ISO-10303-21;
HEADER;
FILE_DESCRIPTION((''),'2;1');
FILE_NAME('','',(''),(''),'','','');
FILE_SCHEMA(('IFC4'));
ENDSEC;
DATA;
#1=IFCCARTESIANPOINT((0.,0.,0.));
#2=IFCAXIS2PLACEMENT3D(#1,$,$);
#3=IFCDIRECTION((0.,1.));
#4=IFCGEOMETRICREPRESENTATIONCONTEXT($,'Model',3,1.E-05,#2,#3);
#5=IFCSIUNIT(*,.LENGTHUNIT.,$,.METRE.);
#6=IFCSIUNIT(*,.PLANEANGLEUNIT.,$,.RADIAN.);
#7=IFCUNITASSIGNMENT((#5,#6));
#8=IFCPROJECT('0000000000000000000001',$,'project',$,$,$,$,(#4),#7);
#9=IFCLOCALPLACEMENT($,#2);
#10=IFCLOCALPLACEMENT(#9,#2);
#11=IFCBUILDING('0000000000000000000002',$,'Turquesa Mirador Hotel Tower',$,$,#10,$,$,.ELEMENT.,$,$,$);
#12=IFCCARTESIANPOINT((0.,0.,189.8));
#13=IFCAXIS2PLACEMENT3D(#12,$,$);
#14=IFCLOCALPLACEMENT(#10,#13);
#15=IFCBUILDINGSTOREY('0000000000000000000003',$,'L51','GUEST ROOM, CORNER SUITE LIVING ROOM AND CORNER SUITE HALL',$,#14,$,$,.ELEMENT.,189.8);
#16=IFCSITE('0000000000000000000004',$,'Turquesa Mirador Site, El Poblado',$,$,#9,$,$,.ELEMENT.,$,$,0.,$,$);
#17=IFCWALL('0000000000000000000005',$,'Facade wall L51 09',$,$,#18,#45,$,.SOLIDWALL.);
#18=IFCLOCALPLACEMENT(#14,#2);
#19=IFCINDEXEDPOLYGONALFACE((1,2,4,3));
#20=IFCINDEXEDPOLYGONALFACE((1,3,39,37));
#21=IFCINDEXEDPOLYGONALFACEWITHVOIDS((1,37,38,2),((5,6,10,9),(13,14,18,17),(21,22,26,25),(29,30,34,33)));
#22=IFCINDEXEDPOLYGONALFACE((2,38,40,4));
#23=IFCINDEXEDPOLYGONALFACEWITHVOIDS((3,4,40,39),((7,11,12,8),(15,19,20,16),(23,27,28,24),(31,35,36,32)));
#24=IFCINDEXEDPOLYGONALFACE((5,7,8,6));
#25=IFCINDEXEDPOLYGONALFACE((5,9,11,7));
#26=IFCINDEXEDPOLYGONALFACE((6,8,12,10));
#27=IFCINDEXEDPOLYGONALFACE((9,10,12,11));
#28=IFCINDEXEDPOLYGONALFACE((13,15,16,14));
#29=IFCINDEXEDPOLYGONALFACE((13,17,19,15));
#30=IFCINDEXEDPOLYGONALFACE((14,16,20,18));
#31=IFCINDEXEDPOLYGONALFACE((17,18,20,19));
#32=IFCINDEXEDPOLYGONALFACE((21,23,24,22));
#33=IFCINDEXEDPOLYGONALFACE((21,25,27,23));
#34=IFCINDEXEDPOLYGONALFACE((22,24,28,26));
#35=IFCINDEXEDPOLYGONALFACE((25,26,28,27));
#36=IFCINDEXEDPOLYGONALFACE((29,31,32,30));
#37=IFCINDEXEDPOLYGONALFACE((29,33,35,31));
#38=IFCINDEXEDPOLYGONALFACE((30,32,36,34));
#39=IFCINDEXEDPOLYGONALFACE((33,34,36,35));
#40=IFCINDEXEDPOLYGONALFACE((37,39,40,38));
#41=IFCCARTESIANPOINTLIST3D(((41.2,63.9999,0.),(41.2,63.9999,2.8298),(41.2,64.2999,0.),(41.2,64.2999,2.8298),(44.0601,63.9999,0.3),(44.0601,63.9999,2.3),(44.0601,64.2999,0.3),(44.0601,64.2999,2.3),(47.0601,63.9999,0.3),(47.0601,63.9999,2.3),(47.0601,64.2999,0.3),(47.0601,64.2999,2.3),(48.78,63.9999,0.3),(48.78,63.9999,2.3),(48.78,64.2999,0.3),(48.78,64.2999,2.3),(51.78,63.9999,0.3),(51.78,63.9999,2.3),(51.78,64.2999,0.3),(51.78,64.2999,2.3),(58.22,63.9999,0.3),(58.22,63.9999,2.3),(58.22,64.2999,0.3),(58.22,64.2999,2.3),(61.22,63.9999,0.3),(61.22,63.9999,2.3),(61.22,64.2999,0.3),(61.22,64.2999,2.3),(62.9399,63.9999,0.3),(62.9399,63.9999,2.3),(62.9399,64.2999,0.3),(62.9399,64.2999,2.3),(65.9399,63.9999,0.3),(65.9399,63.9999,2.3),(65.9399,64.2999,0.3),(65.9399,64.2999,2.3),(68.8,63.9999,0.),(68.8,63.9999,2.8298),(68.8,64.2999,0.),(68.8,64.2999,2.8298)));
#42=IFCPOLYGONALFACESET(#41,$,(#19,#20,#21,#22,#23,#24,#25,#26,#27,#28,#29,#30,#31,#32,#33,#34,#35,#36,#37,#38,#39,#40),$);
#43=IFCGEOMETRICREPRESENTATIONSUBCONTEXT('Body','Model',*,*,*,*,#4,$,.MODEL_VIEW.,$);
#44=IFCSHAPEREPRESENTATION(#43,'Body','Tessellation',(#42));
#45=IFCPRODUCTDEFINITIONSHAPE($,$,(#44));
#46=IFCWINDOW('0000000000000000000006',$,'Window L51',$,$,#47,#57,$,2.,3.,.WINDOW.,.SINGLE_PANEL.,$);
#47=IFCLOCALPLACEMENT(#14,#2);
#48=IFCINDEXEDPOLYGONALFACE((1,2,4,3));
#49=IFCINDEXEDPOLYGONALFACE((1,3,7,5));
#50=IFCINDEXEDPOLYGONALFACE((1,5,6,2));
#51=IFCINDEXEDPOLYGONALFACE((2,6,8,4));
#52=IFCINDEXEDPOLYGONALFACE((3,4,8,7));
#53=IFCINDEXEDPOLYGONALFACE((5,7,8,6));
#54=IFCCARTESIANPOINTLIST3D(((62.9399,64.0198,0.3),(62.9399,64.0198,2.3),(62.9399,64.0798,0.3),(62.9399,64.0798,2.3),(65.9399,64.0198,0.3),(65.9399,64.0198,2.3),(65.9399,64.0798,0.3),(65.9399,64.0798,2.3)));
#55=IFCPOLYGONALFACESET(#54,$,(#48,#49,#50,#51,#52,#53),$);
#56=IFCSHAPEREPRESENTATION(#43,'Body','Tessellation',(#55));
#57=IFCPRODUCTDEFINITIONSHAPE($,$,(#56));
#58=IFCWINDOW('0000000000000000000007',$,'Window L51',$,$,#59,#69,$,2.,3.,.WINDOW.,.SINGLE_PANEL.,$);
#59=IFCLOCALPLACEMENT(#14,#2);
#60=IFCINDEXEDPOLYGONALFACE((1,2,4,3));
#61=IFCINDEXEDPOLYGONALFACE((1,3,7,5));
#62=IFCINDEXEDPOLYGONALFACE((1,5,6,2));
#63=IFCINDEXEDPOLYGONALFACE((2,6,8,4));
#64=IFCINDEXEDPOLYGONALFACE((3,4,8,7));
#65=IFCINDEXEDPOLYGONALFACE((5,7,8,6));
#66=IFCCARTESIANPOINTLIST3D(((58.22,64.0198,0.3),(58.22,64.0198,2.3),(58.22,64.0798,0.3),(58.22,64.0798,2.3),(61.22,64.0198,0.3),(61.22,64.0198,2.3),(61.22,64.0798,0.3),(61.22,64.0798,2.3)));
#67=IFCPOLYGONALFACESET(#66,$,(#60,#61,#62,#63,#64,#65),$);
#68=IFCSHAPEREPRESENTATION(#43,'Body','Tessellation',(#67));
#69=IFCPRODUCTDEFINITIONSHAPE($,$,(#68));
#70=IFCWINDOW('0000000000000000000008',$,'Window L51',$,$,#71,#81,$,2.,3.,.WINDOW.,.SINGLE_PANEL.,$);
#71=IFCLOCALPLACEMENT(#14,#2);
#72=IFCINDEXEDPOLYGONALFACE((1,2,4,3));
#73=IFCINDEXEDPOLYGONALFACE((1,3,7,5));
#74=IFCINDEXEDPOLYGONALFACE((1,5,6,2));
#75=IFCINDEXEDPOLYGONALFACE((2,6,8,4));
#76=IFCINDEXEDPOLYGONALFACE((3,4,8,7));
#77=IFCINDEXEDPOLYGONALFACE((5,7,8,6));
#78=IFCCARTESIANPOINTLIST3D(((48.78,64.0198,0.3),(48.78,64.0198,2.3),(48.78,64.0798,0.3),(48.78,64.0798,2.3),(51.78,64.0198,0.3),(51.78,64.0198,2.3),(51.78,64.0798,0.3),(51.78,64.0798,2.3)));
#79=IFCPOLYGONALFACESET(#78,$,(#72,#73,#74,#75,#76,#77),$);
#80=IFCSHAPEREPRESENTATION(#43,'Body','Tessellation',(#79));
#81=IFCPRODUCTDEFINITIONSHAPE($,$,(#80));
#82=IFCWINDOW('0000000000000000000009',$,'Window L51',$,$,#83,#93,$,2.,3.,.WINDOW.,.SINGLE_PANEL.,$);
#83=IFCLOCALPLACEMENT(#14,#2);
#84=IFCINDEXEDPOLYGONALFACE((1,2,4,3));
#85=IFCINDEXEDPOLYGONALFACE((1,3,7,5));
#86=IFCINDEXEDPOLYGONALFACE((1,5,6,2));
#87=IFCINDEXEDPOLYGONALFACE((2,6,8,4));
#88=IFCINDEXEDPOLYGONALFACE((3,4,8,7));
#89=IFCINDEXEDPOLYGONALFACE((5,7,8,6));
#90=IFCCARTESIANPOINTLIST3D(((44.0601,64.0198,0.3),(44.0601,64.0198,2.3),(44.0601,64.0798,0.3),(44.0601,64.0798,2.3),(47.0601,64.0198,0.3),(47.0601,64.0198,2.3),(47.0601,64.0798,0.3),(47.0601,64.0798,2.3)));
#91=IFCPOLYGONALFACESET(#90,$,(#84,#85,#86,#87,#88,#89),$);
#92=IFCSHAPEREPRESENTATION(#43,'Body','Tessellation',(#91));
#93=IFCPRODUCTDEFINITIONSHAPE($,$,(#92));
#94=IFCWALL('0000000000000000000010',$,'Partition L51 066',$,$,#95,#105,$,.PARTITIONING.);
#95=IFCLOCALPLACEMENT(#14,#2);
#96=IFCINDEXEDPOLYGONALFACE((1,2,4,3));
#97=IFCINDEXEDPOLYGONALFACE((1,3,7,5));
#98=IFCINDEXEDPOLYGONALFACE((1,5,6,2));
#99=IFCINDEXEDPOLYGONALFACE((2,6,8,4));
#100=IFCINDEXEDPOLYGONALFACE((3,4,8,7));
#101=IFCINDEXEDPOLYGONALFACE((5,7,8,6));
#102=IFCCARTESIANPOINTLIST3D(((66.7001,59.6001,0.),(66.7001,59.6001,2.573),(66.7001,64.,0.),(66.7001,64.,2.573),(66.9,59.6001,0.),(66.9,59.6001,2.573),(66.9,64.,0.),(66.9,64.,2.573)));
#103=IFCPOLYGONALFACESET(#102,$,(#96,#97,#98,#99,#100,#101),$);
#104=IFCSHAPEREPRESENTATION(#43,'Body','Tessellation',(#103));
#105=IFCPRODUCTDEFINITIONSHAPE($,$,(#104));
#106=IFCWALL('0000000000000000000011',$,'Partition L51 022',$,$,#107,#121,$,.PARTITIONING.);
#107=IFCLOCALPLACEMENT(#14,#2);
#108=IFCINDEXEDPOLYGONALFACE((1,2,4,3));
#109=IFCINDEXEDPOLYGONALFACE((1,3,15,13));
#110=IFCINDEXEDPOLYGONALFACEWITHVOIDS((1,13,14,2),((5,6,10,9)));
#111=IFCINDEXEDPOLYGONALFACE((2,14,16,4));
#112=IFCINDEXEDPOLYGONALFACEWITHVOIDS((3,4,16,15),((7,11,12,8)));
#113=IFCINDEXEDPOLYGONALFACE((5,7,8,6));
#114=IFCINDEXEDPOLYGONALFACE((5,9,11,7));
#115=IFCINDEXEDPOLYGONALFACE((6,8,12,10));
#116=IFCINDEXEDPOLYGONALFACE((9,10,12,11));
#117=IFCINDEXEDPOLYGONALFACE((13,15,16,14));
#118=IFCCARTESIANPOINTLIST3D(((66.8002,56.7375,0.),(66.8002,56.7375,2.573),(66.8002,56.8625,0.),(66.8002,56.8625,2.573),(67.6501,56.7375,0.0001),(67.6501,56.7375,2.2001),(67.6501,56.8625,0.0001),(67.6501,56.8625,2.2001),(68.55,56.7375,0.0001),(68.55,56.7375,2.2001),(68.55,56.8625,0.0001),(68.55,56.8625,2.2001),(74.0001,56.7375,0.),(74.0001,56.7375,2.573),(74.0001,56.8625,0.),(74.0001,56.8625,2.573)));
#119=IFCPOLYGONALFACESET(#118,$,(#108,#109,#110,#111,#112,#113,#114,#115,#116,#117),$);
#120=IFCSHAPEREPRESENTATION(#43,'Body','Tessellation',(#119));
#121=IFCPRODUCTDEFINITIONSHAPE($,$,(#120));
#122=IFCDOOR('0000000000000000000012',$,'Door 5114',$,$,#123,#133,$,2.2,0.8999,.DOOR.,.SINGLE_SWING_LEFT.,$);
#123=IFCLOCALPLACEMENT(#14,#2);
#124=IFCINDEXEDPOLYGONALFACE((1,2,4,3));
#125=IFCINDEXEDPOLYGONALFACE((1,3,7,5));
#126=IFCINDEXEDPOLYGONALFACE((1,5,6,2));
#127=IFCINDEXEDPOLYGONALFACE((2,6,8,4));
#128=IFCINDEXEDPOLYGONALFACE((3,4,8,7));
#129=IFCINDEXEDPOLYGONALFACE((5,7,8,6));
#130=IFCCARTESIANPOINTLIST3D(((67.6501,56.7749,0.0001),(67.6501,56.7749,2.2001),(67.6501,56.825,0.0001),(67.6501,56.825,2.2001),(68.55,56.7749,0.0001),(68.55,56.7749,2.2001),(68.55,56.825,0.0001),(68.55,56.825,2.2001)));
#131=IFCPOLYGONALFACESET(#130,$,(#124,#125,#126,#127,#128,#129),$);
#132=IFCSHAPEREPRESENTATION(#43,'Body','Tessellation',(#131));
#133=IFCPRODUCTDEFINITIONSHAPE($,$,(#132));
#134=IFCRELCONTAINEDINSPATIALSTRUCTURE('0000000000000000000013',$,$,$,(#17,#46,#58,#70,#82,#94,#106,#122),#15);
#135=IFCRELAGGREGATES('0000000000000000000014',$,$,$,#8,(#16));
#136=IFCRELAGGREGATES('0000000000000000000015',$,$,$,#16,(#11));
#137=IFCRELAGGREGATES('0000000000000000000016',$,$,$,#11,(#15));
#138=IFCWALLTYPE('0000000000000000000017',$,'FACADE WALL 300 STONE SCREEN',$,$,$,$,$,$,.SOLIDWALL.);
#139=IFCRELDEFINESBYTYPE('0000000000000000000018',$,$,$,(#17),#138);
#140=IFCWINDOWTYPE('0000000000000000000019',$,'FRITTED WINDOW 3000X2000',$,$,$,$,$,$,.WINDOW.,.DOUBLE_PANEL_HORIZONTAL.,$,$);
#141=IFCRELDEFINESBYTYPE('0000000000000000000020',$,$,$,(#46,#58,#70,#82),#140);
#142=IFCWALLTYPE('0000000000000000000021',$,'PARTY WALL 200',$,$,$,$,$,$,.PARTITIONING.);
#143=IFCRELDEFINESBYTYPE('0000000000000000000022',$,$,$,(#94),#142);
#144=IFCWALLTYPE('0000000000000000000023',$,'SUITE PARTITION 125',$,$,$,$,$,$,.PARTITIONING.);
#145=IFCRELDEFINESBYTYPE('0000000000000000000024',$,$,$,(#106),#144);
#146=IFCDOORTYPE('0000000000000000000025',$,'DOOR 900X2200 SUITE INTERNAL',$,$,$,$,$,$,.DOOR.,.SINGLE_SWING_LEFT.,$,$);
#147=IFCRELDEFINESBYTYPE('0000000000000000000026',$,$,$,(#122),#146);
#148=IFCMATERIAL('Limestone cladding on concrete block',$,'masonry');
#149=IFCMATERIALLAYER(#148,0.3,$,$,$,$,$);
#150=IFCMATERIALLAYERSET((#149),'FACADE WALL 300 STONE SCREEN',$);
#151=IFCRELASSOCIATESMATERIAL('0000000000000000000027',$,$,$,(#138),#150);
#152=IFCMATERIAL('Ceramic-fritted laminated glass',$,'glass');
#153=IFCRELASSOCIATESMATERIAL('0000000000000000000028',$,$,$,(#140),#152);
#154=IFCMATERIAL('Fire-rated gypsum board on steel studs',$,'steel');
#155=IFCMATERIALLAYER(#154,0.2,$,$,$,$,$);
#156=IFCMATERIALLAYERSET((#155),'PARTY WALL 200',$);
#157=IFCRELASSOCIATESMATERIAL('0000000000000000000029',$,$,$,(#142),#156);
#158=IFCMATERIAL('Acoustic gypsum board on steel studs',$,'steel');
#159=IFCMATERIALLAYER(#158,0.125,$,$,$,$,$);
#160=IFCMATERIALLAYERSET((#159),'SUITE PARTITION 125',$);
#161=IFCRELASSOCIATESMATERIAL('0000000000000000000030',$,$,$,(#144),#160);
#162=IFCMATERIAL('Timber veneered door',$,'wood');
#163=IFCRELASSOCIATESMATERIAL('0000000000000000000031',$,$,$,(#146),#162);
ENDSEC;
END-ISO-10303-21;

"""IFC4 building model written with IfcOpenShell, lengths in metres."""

from ifc_helpers import new_model, si_unit, direction, frame, frame_2d, origin, place, context, subcontext, project, spatial, rectangle, extrude, material, layer, layer_set, type_object, element, fill, save


model = new_model("IFC4")

# Units and contexts
model_context = context("Model", 3, precision=1e-05, world=origin(), true_north=direction((0.0, 1.0)))
body_context = subcontext(model_context, "Body", "Model", "MODEL_VIEW")
ifc_project = project(units=[si_unit("LENGTHUNIT", "METRE"), si_unit("PLANEANGLEUNIT", "RADIAN")], contexts=[model_context])

# Site, building, storey
site_placement = place(None, origin())
site = spatial("IfcSite", under=ifc_project, at=site_placement, Name="Turquesa Mirador Site, El Poblado", CompositionType="ELEMENT", RefElevation=0.0)
building_placement = place(site_placement, origin())
building = spatial("IfcBuilding", under=site, at=building_placement, Name="Turquesa Mirador Hotel Tower", CompositionType="ELEMENT")
storey_placement = place(building_placement, frame((0.0, 0.0, 189.8)))
storey = spatial("IfcBuildingStorey", under=building, at=storey_placement, Name="L51", Description="GUEST ROOM, CORNER SUITE LIVING ROOM AND CORNER SUITE HALL", CompositionType="ELEMENT", Elevation=189.8)

# Shared definitions
ifc_material_1 = material(Name="Limestone cladding on concrete block", Category="masonry")
ifc_layer_1 = layer(ifc_material_1, 0.3)
ifc_layer_set_1 = layer_set([ifc_layer_1], Name="FACADE WALL 300 STONE SCREEN")
wall_type_1 = type_object("IfcWallType", Name="FACADE WALL 300 STONE SCREEN", PredefinedType="SOLIDWALL", material=ifc_layer_set_1)

# Wall, openings, windows
wall_1_placement = place(storey_placement, frame((68.8, 64.1499, 0.0), z_axis=(0.0, 0.0, 1.0), x_axis=(-1.0, 0.0, 0.0)))
wall_1 = element("IfcWall", 1, at=wall_1_placement, inside=storey, type_object=wall_type_1, Name="Facade wall L51 09", PredefinedType="SOLIDWALL", context=body_context, shape_type="SweptSolid", body=[
    extrude(rectangle(XDim=27.6001, YDim=0.3, at=frame_2d((13.8, 0.0))), origin(), (0.0, 0.0, 1.0), 2.8298),
])
opening_1_placement = place(wall_1_placement, frame((2.8601, 0.0, 0.3)))
opening_1 = element("IfcOpeningElement", 2, at=opening_1_placement, cuts=wall_1, PredefinedType="OPENING", context=body_context, shape_type="SweptSolid", body=[
    extrude(rectangle(XDim=3.0, YDim=2.0, at=frame_2d((1.5, 1.0))), frame((0.0, 0.1599, 0.0), z_axis=(0.0, -1.0, 0.0), x_axis=(1.0, 0.0, 0.0)), (0.0, 0.0, 1.0), 0.3201),
])
opening_2_placement = place(wall_1_placement, frame((7.5801, 0.0, 0.3)))
opening_2 = element("IfcOpeningElement", 3, at=opening_2_placement, cuts=wall_1, PredefinedType="OPENING", context=body_context, shape_type="SweptSolid", body=[
    extrude(rectangle(XDim=3.0, YDim=2.0, at=frame_2d((1.5, 1.0))), frame((0.0, 0.1599, 0.0), z_axis=(0.0, -1.0, 0.0), x_axis=(1.0, 0.0, 0.0)), (0.0, 0.0, 1.0), 0.3201),
])
opening_3_placement = place(wall_1_placement, frame((17.02, 0.0, 0.3)))
opening_3 = element("IfcOpeningElement", 4, at=opening_3_placement, cuts=wall_1, PredefinedType="OPENING", context=body_context, shape_type="SweptSolid", body=[
    extrude(rectangle(XDim=3.0, YDim=2.0, at=frame_2d((1.5, 1.0))), frame((0.0, 0.1599, 0.0), z_axis=(0.0, -1.0, 0.0), x_axis=(1.0, 0.0, 0.0)), (0.0, 0.0, 1.0), 0.3201),
])
opening_4_placement = place(wall_1_placement, frame((21.74, 0.0, 0.3)))
opening_4 = element("IfcOpeningElement", 5, at=opening_4_placement, cuts=wall_1, PredefinedType="OPENING", context=body_context, shape_type="SweptSolid", body=[
    extrude(rectangle(XDim=3.0, YDim=2.0, at=frame_2d((1.5, 1.0))), frame((0.0, 0.1599, 0.0), z_axis=(0.0, -1.0, 0.0), x_axis=(1.0, 0.0, 0.0)), (0.0, 0.0, 1.0), 0.3201),
])
ifc_material_2 = material(Name="Ceramic-fritted laminated glass", Category="glass")
window_type_1 = type_object("IfcWindowType", Name="FRITTED WINDOW 3000X2000", PartitioningType="DOUBLE_PANEL_HORIZONTAL", PredefinedType="WINDOW", material=ifc_material_2)
window_1_placement = place(opening_1_placement, origin())
window_1 = element("IfcWindow", 6, at=window_1_placement, inside=storey, type_object=window_type_1, Name="Window L51", OverallHeight=2.0, OverallWidth=3.0, PartitioningType="SINGLE_PANEL", PredefinedType="WINDOW", context=body_context, shape_type="SweptSolid", body=[
    extrude(rectangle(XDim=3.0, YDim=2.0, at=frame_2d((1.5, 1.0))), frame((0.0, 0.1301, 0.0), z_axis=(0.0, -1.0, 0.0), x_axis=(1.0, 0.0, 0.0)), (0.0, 0.0, 1.0), 0.0601),
])
fill(opening_1, window_1)
window_2_placement = place(opening_2_placement, origin())
window_2 = element("IfcWindow", 7, at=window_2_placement, inside=storey, type_object=window_type_1, Name="Window L51", OverallHeight=2.0, OverallWidth=3.0, PartitioningType="SINGLE_PANEL", PredefinedType="WINDOW", context=body_context, shape_type="SweptSolid", body=[
    extrude(rectangle(XDim=3.0, YDim=2.0, at=frame_2d((1.5, 1.0))), frame((0.0, 0.1301, 0.0), z_axis=(0.0, -1.0, 0.0), x_axis=(1.0, 0.0, 0.0)), (0.0, 0.0, 1.0), 0.0601),
])
fill(opening_2, window_2)
window_3_placement = place(opening_3_placement, origin())
window_3 = element("IfcWindow", 8, at=window_3_placement, inside=storey, type_object=window_type_1, Name="Window L51", OverallHeight=2.0, OverallWidth=3.0, PartitioningType="SINGLE_PANEL", PredefinedType="WINDOW", context=body_context, shape_type="SweptSolid", body=[
    extrude(rectangle(XDim=3.0, YDim=2.0, at=frame_2d((1.5, 1.0))), frame((0.0, 0.1301, 0.0), z_axis=(0.0, -1.0, 0.0), x_axis=(1.0, 0.0, 0.0)), (0.0, 0.0, 1.0), 0.0601),
])
fill(opening_3, window_3)
window_4_placement = place(opening_4_placement, origin())
window_4 = element("IfcWindow", 9, at=window_4_placement, inside=storey, type_object=window_type_1, Name="Window L51", OverallHeight=2.0, OverallWidth=3.0, PartitioningType="SINGLE_PANEL", PredefinedType="WINDOW", context=body_context, shape_type="SweptSolid", body=[
    extrude(rectangle(XDim=3.0, YDim=2.0, at=frame_2d((1.5, 1.0))), frame((0.0, 0.1301, 0.0), z_axis=(0.0, -1.0, 0.0), x_axis=(1.0, 0.0, 0.0)), (0.0, 0.0, 1.0), 0.0601),
])
fill(opening_4, window_4)

# Wall
ifc_material_3 = material(Name="Fire-rated gypsum board on steel studs", Category="steel")
ifc_layer_2 = layer(ifc_material_3, 0.2)
ifc_layer_set_2 = layer_set([ifc_layer_2], Name="PARTY WALL 200")
wall_type_2 = type_object("IfcWallType", Name="PARTY WALL 200", PredefinedType="PARTITIONING", material=ifc_layer_set_2)
wall_2_placement = place(storey_placement, frame((66.8, 59.6001, 0.0), z_axis=(0.0, 0.0, 1.0), x_axis=(0.0, 1.0, 0.0)))
element("IfcWall", 10, at=wall_2_placement, inside=storey, type_object=wall_type_2, Name="Partition L51 066", PredefinedType="PARTITIONING", context=body_context, shape_type="SweptSolid", body=[
    extrude(rectangle(XDim=4.3999, YDim=0.2, at=frame_2d((2.2, 0.0))), origin(), (0.0, 0.0, 1.0), 2.573),
])

# Wall, opening, door
ifc_material_4 = material(Name="Acoustic gypsum board on steel studs", Category="steel")
ifc_layer_3 = layer(ifc_material_4, 0.125)
ifc_layer_set_3 = layer_set([ifc_layer_3], Name="SUITE PARTITION 125")
wall_type_3 = type_object("IfcWallType", Name="SUITE PARTITION 125", PredefinedType="PARTITIONING", material=ifc_layer_set_3)
wall_3_placement = place(storey_placement, frame((66.8, 56.8, 0.0), z_axis=(0.0, 0.0, 1.0), x_axis=(1.0, 0.0, 0.0)))
wall_3 = element("IfcWall", 11, at=wall_3_placement, inside=storey, type_object=wall_type_3, Name="Partition L51 022", PredefinedType="PARTITIONING", context=body_context, shape_type="SweptSolid", body=[
    extrude(rectangle(XDim=7.2, YDim=0.125, at=frame_2d((3.6001, 0.0))), origin(), (0.0, 0.0, 1.0), 2.573),
])
opening_5_placement = place(wall_3_placement, frame((0.8501, 0.0, 0.0)))
opening_5 = element("IfcOpeningElement", 12, at=opening_5_placement, cuts=wall_3, PredefinedType="OPENING", context=body_context, shape_type="SweptSolid", body=[
    extrude(rectangle(XDim=0.8999, YDim=2.2, at=frame_2d((0.45, 1.1001))), frame((0.0, 0.0725, 0.0), z_axis=(0.0, -1.0, 0.0), x_axis=(1.0, 0.0, 0.0)), (0.0, 0.0, 1.0), 0.145),
])
ifc_material_5 = material(Name="Timber veneered door", Category="wood")
door_type = type_object("IfcDoorType", Name="DOOR 900X2200 SUITE INTERNAL", OperationType="SINGLE_SWING_LEFT", PredefinedType="DOOR", material=ifc_material_5)
door_placement = place(opening_5_placement, origin())
door = element("IfcDoor", 13, at=door_placement, inside=storey, type_object=door_type, Name="Door 5114", OperationType="SINGLE_SWING_LEFT", OverallHeight=2.2, OverallWidth=0.8999, PredefinedType="DOOR", context=body_context, shape_type="SweptSolid", body=[
    extrude(rectangle(XDim=0.8999, YDim=2.2, at=frame_2d((0.45, 1.1001))), frame((0.0, 0.0249, 0.0), z_axis=(0.0, -1.0, 0.0), x_axis=(1.0, 0.0, 0.0)), (0.0, 0.0, 1.0), 0.05),
])
fill(opening_5, door)

save(model, "model.ifc")
